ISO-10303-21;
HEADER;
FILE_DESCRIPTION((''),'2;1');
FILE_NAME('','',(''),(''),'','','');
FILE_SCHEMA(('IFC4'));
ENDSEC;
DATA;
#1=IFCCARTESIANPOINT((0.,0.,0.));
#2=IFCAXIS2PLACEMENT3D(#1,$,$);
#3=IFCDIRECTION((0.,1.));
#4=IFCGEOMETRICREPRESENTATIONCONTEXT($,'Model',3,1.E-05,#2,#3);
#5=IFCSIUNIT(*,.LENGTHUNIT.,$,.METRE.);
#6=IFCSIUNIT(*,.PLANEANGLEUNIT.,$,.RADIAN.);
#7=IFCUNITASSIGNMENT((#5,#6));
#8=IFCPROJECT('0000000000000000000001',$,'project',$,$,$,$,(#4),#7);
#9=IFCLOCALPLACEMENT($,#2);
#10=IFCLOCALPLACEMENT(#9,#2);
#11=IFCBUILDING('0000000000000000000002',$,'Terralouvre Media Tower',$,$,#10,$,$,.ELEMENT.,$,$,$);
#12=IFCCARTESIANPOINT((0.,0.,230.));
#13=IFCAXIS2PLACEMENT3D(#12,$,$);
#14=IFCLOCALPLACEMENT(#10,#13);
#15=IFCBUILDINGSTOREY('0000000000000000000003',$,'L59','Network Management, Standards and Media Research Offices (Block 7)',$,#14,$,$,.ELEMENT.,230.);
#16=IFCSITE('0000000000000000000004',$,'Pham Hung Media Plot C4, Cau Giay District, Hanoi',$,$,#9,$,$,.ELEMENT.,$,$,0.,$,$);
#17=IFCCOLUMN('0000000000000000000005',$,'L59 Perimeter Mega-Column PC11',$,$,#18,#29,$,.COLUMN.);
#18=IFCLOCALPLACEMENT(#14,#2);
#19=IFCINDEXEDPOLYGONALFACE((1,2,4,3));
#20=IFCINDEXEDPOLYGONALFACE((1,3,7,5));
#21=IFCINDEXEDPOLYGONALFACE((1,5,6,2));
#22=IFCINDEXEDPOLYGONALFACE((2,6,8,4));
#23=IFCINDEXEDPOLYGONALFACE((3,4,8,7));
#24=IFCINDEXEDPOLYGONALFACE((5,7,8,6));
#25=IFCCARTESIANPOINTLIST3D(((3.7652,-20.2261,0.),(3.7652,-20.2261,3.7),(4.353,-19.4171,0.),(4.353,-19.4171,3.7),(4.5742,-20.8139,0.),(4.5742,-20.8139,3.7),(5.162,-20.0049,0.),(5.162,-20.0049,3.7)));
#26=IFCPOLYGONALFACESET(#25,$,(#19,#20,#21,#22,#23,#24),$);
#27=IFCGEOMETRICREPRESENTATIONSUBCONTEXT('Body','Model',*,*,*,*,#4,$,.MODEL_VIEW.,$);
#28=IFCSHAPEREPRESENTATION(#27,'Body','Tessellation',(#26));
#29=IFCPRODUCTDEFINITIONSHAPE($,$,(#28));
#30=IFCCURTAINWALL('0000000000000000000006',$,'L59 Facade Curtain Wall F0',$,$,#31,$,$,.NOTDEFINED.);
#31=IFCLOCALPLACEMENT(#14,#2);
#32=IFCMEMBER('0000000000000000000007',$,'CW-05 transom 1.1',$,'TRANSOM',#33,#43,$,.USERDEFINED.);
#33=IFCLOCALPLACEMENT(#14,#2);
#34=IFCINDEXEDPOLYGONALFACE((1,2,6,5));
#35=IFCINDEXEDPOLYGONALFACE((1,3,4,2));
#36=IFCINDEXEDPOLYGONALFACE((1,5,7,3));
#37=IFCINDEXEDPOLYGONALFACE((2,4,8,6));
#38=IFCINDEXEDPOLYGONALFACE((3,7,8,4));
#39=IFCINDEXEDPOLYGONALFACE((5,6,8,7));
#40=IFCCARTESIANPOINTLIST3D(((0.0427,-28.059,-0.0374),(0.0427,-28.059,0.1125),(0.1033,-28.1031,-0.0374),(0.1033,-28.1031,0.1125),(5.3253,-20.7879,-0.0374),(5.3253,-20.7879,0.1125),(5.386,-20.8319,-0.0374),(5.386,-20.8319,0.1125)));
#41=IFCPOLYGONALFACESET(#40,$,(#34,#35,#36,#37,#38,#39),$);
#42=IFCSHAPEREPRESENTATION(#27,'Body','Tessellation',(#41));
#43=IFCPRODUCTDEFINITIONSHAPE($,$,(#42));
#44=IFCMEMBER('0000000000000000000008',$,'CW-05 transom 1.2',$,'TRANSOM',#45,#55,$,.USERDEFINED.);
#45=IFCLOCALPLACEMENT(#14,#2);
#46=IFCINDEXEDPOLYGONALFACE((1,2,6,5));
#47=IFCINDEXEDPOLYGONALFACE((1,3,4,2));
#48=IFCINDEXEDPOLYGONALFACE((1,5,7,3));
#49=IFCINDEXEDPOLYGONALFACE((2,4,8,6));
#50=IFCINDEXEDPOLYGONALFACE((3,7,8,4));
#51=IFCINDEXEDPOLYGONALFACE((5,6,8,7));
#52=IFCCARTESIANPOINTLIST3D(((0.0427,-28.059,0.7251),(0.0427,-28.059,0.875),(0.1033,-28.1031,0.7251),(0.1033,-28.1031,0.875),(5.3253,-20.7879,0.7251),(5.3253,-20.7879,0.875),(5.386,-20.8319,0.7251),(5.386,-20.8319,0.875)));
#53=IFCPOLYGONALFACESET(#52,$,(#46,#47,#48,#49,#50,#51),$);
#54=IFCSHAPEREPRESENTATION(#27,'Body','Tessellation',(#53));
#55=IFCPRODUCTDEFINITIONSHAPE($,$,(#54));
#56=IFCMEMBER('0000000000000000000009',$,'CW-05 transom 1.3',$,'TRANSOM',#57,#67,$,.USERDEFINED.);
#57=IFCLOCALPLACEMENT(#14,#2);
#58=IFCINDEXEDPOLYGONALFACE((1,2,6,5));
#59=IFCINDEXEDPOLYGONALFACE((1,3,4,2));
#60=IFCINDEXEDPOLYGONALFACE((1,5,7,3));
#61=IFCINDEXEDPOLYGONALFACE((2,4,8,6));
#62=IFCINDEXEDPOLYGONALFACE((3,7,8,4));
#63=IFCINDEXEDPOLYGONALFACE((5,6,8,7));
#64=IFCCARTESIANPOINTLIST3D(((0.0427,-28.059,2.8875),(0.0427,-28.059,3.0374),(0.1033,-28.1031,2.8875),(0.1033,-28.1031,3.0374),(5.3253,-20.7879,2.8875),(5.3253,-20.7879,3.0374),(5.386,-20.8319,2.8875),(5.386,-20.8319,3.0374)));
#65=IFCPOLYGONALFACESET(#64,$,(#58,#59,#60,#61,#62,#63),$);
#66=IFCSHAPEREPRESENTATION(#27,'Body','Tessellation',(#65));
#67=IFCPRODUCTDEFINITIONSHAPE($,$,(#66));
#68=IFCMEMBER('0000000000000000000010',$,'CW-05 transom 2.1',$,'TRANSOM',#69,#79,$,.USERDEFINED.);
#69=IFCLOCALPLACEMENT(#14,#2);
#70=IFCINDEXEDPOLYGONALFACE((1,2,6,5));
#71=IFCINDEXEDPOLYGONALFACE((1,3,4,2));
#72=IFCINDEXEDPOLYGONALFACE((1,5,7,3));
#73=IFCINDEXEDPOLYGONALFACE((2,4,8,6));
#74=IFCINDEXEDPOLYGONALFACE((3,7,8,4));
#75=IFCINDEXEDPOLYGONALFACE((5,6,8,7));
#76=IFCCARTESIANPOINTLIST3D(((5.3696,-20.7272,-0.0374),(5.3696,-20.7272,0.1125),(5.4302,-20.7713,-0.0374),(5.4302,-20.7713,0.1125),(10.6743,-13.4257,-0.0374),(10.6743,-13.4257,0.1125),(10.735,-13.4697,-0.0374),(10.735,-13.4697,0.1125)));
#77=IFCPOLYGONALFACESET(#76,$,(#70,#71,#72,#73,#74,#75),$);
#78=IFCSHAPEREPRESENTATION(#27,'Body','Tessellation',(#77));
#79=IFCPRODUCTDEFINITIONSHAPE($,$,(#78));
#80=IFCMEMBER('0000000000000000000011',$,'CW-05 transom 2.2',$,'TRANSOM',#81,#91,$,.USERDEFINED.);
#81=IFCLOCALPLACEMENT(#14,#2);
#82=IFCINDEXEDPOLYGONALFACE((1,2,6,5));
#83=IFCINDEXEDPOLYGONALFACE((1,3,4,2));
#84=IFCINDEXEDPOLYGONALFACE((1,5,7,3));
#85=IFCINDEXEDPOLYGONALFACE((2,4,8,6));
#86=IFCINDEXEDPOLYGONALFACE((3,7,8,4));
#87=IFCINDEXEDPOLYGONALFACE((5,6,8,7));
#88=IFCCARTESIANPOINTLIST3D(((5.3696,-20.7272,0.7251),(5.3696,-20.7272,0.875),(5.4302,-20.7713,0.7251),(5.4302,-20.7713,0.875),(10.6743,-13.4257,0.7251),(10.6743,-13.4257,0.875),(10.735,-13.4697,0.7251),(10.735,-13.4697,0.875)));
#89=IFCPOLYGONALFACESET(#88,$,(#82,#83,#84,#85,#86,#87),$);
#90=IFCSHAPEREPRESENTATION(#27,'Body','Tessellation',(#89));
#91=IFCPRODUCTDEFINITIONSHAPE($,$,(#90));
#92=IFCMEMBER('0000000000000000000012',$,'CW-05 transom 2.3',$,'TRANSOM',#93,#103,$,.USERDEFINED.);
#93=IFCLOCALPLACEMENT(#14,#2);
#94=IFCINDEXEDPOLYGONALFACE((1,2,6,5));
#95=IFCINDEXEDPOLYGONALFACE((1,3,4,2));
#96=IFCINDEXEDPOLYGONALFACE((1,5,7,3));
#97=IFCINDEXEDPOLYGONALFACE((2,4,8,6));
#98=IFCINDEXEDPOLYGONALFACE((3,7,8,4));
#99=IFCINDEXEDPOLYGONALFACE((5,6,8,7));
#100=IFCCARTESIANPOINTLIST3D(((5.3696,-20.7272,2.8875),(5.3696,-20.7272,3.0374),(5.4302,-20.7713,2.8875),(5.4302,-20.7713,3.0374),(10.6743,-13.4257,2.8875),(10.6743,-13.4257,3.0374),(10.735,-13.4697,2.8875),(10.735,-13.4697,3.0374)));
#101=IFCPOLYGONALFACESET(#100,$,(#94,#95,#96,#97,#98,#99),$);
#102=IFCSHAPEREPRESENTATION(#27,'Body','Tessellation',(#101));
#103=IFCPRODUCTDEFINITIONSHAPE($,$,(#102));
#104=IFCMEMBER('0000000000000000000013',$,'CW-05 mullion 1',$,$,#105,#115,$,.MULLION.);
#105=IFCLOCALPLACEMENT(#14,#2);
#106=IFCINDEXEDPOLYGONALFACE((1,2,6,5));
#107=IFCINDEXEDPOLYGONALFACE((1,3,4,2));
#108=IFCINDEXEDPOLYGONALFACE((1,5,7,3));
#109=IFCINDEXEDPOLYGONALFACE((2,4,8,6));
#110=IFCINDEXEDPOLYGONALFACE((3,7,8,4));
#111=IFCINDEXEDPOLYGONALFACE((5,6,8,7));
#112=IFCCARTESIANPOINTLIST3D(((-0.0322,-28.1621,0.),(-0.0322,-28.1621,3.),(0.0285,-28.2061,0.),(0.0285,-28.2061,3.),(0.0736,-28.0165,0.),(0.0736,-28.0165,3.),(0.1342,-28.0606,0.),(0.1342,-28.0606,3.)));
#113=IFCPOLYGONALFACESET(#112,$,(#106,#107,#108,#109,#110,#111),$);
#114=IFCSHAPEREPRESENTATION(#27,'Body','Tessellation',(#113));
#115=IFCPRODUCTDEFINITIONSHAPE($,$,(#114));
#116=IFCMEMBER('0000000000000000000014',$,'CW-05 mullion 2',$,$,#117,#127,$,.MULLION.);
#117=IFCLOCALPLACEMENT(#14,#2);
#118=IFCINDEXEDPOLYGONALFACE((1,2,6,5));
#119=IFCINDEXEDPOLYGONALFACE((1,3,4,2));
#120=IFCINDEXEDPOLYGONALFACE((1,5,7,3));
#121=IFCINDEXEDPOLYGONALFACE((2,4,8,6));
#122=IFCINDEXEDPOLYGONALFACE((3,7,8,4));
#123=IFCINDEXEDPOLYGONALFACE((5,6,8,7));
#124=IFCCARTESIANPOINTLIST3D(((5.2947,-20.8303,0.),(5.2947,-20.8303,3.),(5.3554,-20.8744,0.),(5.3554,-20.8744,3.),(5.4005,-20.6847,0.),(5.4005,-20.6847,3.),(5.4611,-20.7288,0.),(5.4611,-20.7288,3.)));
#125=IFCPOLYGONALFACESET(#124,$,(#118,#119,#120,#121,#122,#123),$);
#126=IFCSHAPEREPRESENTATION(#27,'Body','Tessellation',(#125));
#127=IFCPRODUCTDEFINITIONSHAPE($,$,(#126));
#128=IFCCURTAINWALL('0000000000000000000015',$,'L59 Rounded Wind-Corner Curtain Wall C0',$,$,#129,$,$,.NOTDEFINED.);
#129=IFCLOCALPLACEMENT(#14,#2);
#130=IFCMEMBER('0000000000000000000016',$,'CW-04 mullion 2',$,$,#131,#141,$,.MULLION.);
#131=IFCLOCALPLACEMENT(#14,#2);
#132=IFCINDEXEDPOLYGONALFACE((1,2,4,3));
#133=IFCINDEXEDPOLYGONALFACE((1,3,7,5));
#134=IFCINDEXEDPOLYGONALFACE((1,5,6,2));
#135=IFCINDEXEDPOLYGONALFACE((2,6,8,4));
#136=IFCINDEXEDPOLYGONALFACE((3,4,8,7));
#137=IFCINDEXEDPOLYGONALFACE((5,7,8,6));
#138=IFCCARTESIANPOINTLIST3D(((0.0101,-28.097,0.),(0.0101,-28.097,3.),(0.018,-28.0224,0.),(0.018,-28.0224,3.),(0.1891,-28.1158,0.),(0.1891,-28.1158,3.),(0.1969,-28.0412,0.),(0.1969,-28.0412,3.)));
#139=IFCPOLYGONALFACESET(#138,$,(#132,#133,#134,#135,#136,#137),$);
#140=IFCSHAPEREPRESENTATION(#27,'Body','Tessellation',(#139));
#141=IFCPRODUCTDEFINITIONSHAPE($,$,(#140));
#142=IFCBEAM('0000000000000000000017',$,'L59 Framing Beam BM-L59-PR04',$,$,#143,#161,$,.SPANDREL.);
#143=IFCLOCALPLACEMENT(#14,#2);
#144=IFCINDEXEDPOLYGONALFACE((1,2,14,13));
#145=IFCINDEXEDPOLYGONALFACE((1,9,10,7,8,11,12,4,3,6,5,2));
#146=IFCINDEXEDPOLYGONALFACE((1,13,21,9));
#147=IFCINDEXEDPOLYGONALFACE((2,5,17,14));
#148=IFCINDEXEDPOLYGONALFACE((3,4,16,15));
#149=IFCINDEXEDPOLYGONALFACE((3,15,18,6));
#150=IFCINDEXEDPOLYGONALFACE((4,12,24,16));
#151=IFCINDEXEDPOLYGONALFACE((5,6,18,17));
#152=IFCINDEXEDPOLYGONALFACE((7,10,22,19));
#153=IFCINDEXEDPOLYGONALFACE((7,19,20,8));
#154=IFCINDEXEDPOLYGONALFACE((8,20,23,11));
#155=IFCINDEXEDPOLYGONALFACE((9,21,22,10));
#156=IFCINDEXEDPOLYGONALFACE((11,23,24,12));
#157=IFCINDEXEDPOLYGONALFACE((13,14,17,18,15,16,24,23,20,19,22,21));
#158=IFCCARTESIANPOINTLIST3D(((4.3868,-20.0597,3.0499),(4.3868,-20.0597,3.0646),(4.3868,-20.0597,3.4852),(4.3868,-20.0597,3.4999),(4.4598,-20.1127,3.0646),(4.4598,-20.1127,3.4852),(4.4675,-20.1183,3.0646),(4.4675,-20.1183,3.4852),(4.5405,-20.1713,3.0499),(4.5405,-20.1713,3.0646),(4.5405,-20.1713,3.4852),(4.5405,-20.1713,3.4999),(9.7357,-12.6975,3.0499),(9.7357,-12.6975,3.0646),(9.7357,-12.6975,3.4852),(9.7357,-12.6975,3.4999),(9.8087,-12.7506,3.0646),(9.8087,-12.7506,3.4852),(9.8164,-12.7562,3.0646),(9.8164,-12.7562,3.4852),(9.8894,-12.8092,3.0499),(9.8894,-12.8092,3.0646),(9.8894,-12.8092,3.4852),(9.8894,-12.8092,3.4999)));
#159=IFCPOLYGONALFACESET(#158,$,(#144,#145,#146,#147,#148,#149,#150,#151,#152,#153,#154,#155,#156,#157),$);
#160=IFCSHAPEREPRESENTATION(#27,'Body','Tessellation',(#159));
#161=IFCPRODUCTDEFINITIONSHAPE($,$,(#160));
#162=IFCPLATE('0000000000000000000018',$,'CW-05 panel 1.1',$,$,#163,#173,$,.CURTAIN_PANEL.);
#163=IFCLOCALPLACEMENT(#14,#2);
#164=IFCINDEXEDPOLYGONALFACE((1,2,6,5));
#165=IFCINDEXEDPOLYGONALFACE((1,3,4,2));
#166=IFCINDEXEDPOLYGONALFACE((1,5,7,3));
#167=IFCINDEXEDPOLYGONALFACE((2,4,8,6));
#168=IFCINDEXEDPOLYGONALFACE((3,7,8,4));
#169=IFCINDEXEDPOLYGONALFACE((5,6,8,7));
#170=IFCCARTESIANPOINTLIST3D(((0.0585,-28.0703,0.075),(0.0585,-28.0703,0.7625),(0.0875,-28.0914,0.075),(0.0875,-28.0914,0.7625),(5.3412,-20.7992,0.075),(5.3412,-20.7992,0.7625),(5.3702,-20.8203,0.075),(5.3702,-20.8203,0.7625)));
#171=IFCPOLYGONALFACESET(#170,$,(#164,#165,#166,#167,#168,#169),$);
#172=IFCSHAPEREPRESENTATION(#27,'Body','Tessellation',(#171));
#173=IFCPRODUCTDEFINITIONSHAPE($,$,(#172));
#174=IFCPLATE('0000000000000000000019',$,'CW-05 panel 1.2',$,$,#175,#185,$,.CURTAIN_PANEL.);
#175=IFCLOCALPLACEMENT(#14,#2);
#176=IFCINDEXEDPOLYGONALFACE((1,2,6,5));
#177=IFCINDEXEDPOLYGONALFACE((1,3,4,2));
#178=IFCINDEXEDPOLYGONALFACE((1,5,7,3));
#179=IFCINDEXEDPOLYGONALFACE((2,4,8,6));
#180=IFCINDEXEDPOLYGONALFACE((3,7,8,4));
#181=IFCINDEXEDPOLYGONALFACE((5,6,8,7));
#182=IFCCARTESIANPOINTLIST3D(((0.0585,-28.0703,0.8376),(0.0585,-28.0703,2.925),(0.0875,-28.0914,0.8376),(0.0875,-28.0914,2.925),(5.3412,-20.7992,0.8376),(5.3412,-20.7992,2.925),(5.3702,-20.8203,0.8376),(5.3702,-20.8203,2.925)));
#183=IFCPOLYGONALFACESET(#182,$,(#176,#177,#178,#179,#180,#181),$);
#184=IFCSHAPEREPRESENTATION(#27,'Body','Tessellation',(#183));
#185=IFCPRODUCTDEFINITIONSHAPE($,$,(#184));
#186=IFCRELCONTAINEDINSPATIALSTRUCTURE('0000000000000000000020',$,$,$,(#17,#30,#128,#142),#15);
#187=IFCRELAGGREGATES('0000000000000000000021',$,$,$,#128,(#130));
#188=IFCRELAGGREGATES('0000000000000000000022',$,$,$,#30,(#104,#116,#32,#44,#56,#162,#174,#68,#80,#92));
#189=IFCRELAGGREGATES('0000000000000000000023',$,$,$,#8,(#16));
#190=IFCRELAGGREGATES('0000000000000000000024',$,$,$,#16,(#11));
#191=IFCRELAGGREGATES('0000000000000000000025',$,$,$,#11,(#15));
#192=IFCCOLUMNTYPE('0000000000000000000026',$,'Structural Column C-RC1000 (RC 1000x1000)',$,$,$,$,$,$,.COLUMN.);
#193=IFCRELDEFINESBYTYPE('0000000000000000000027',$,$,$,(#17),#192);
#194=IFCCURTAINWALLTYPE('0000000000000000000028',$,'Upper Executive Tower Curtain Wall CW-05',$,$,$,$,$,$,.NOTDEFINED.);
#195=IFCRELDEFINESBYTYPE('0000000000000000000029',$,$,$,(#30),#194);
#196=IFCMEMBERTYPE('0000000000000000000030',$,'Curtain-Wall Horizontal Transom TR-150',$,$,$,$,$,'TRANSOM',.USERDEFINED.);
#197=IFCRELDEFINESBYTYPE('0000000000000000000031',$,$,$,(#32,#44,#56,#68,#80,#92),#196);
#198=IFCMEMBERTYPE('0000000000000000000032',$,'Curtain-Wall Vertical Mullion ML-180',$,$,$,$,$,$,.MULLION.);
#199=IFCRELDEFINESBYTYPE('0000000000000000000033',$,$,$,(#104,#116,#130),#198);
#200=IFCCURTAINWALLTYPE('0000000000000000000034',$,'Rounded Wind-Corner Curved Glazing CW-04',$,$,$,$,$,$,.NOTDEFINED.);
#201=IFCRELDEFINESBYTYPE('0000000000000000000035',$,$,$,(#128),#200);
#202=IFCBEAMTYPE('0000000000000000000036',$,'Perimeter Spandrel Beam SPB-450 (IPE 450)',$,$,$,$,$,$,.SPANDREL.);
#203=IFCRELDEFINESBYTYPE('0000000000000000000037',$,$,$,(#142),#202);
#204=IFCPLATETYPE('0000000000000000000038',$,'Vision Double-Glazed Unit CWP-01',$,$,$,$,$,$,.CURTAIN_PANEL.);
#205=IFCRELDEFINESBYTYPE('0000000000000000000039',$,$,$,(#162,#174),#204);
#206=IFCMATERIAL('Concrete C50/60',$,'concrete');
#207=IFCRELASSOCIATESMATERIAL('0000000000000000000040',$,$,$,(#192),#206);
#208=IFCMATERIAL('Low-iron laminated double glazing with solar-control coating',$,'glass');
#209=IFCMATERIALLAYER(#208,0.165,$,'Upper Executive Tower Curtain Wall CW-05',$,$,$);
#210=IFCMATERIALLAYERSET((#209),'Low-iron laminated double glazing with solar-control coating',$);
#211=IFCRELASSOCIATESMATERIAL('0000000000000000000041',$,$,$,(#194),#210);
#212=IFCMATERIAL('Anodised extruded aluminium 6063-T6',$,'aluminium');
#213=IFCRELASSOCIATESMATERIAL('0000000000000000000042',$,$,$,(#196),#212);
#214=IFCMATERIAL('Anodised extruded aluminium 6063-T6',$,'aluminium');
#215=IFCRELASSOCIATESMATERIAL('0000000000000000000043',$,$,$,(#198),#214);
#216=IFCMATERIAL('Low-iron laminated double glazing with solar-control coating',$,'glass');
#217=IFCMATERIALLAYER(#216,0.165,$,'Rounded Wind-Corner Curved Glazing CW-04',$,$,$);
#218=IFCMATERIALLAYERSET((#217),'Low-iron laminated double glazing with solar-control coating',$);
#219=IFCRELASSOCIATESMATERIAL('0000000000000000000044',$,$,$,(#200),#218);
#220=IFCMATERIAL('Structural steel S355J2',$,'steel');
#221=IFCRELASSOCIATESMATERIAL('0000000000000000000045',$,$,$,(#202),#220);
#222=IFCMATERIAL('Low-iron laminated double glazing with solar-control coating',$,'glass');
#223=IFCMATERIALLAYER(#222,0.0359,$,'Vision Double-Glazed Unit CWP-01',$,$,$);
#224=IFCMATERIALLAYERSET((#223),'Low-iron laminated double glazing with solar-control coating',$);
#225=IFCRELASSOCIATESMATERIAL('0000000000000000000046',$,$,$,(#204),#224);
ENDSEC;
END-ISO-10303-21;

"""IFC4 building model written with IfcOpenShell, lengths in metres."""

from ifc_helpers import new_model, si_unit, direction, frame, origin, origin_2d, place, context, subcontext, project, spatial, rectangle, i_section, extrude, material, layer, layer_set, material_profile, profile_set, type_object, element, aggregate, save


model = new_model("IFC4")

# Units and contexts
model_context = context("Model", 3, precision=1e-05, world=origin(), true_north=direction((0.0, 1.0)))
body_context = subcontext(model_context, "Body", "Model", "MODEL_VIEW")
ifc_project = project(units=[si_unit("LENGTHUNIT", "METRE"), si_unit("PLANEANGLEUNIT", "RADIAN")], contexts=[model_context])

# Site, building, storey
site_placement = place(None, origin())
site = spatial("IfcSite", under=ifc_project, at=site_placement, Name="Pham Hung Media Plot C4, Cau Giay District, Hanoi", CompositionType="ELEMENT", RefElevation=0.0)
building_placement = place(site_placement, origin())
building = spatial("IfcBuilding", under=site, at=building_placement, Name="Terralouvre Media Tower", CompositionType="ELEMENT")
storey_placement = place(building_placement, frame((0.0, 0.0, 230.0)))
storey = spatial("IfcBuildingStorey", under=building, at=storey_placement, Name="L59", Description="Network Management, Standards and Media Research Offices (Block 7)", CompositionType="ELEMENT", Elevation=230.0)

# Column
ifc_material_1 = material(Name="Concrete C50/60", Category="concrete")
ifc_material_profile_1 = material_profile(ifc_material_1, rectangle(XDim=1.0, YDim=1.0, at=origin_2d()), Name="RC 1000x1000")
ifc_profile_set_1 = profile_set([ifc_material_profile_1], Name="Concrete C50/60")
column_type = type_object("IfcColumnType", Name="Structural Column C-RC1000 (RC 1000x1000)", PredefinedType="COLUMN", material=ifc_profile_set_1)
column_placement = place(storey_placement, frame((4.4636, -20.1155, 0.0), z_axis=(0.0, 0.0, 1.0), x_axis=(0.587785, 0.809017, 0.0)))
element("IfcColumn", 1, at=column_placement, inside=storey, type_object=column_type, Name="L59 Perimeter Mega-Column PC11", PredefinedType="COLUMN", context=body_context, shape_type="SweptSolid", body=[
    extrude(rectangle(XDim=1.0, YDim=1.0, at=origin_2d()), origin(), (0.0, 0.0, 1.0), 3.7),
])

# Curtain wall, members
ifc_material_2 = material(Name="Low-iron laminated double glazing with solar-control coating", Category="glass")
ifc_layer_1 = layer(ifc_material_2, 0.165, Name="Upper Executive Tower Curtain Wall CW-05")
ifc_layer_set_1 = layer_set([ifc_layer_1], Name="Low-iron laminated double glazing with solar-control coating")
curtain_wall_type_1 = type_object("IfcCurtainWallType", Name="Upper Executive Tower Curtain Wall CW-05", PredefinedType="NOTDEFINED", material=ifc_layer_set_1)
curtain_wall_1_placement = place(storey_placement, origin())
curtain_wall_1 = element("IfcCurtainWall", 2, at=curtain_wall_1_placement, inside=storey, type_object=curtain_wall_type_1, Name="L59 Facade Curtain Wall F0", PredefinedType="NOTDEFINED")
ifc_material_3 = material(Name="Anodised extruded aluminium 6063-T6", Category="aluminium")
ifc_material_profile_2 = material_profile(ifc_material_3, rectangle(XDim=0.075, YDim=0.1499, at=origin_2d()), Name="ALU 75x150")
ifc_profile_set_2 = profile_set([ifc_material_profile_2], Name="Anodised extruded aluminium 6063-T6")
member_type_1 = type_object("IfcMemberType", Name="Curtain-Wall Horizontal Transom TR-150", ElementType="TRANSOM", PredefinedType="USERDEFINED", material=ifc_profile_set_2)
member_1_placement = place(storey_placement, frame((0.073, -28.0811, 0.0376), z_axis=(0.587774, 0.809025, 0.0), x_axis=(-0.809025, 0.587774, 0.0)))
member_1 = element("IfcMember", 3, at=member_1_placement, type_object=member_type_1, Name="CW-05 transom 1.1", ObjectType="TRANSOM", PredefinedType="USERDEFINED", context=body_context, shape_type="SweptSolid", body=[
    extrude(rectangle(XDim=0.075, YDim=0.1499, at=origin_2d()), origin(), (0.0, 0.0, 1.0), 8.9875),
])
member_2_placement = place(storey_placement, frame((0.073, -28.0811, 0.8), z_axis=(0.587774, 0.809025, 0.0), x_axis=(-0.809025, 0.587774, 0.0)))
member_2 = element("IfcMember", 4, at=member_2_placement, type_object=member_type_1, Name="CW-05 transom 1.2", ObjectType="TRANSOM", PredefinedType="USERDEFINED", context=body_context, shape_type="SweptSolid", body=[
    extrude(rectangle(XDim=0.075, YDim=0.1499, at=origin_2d()), origin(), (0.0, 0.0, 1.0), 8.9875),
])
member_3_placement = place(storey_placement, frame((0.073, -28.0811, 2.9624), z_axis=(0.587774, 0.809025, 0.0), x_axis=(-0.809025, 0.587774, 0.0)))
member_3 = element("IfcMember", 5, at=member_3_placement, type_object=member_type_1, Name="CW-05 transom 1.3", ObjectType="TRANSOM", PredefinedType="USERDEFINED", context=body_context, shape_type="SweptSolid", body=[
    extrude(rectangle(XDim=0.075, YDim=0.1499, at=origin_2d()), origin(), (0.0, 0.0, 1.0), 8.9875),
])
member_4_placement = place(storey_placement, frame((5.3999, -20.7493, 0.0376), z_axis=(0.587773, 0.809026, 0.0), x_axis=(-0.809026, 0.587773, 0.0)))
member_4 = element("IfcMember", 6, at=member_4_placement, type_object=member_type_1, Name="CW-05 transom 2.1", ObjectType="TRANSOM", PredefinedType="USERDEFINED", context=body_context, shape_type="SweptSolid", body=[
    extrude(rectangle(XDim=0.075, YDim=0.1499, at=origin_2d()), origin(), (0.0, 0.0, 1.0), 9.0251),
])
member_5_placement = place(storey_placement, frame((5.3999, -20.7493, 0.8), z_axis=(0.587773, 0.809026, 0.0), x_axis=(-0.809026, 0.587773, 0.0)))
member_5 = element("IfcMember", 7, at=member_5_placement, type_object=member_type_1, Name="CW-05 transom 2.2", ObjectType="TRANSOM", PredefinedType="USERDEFINED", context=body_context, shape_type="SweptSolid", body=[
    extrude(rectangle(XDim=0.075, YDim=0.1499, at=origin_2d()), origin(), (0.0, 0.0, 1.0), 9.0251),
])
member_6_placement = place(storey_placement, frame((5.3999, -20.7493, 2.9624), z_axis=(0.587773, 0.809026, 0.0), x_axis=(-0.809026, 0.587773, 0.0)))
member_6 = element("IfcMember", 8, at=member_6_placement, type_object=member_type_1, Name="CW-05 transom 2.3", ObjectType="TRANSOM", PredefinedType="USERDEFINED", context=body_context, shape_type="SweptSolid", body=[
    extrude(rectangle(XDim=0.075, YDim=0.1499, at=origin_2d()), origin(), (0.0, 0.0, 1.0), 9.0251),
])
ifc_material_4 = material(Name="Anodised extruded aluminium 6063-T6", Category="aluminium")
ifc_material_profile_3 = material_profile(ifc_material_4, rectangle(XDim=0.075, YDim=0.1799, at=origin_2d()), Name="ALU 75x180")
ifc_profile_set_3 = profile_set([ifc_material_profile_3], Name="Anodised extruded aluminium 6063-T6")
member_type_2 = type_object("IfcMemberType", Name="Curtain-Wall Vertical Mullion ML-180", PredefinedType="MULLION", material=ifc_profile_set_3)
member_7_placement = place(storey_placement, frame((0.051, -28.1113, 0.0), z_axis=(0.0, 0.0, 1.0), x_axis=(-0.809017, 0.587785, 0.0)))
member_7 = element("IfcMember", 9, at=member_7_placement, type_object=member_type_2, Name="CW-05 mullion 1", PredefinedType="MULLION", context=body_context, shape_type="SweptSolid", body=[
    extrude(rectangle(XDim=0.075, YDim=0.1799, at=origin_2d()), origin(), (0.0, 0.0, 1.0), 3.0),
])
member_8_placement = place(storey_placement, frame((5.3779, -20.7795, 0.0), z_axis=(0.0, 0.0, 1.0), x_axis=(-0.809017, 0.587785, 0.0)))
member_8 = element("IfcMember", 10, at=member_8_placement, type_object=member_type_2, Name="CW-05 mullion 2", PredefinedType="MULLION", context=body_context, shape_type="SweptSolid", body=[
    extrude(rectangle(XDim=0.075, YDim=0.1799, at=origin_2d()), origin(), (0.0, 0.0, 1.0), 3.0),
])

# Curtain wall, member
ifc_material_5 = material(Name="Low-iron laminated double glazing with solar-control coating", Category="glass")
ifc_layer_2 = layer(ifc_material_5, 0.165, Name="Rounded Wind-Corner Curved Glazing CW-04")
ifc_layer_set_2 = layer_set([ifc_layer_2], Name="Low-iron laminated double glazing with solar-control coating")
curtain_wall_type_2 = type_object("IfcCurtainWallType", Name="Rounded Wind-Corner Curved Glazing CW-04", PredefinedType="NOTDEFINED", material=ifc_layer_set_2)
curtain_wall_2_placement = place(storey_placement, origin())
curtain_wall_2 = element("IfcCurtainWall", 11, at=curtain_wall_2_placement, inside=storey, type_object=curtain_wall_type_2, Name="L59 Rounded Wind-Corner Curtain Wall C0", PredefinedType="NOTDEFINED")
member_9_placement = place(storey_placement, frame((0.1035, -28.0691, 0.0), z_axis=(0.0, 0.0, 1.0), x_axis=(0.104528, 0.994522, 0.0)))
member_9 = element("IfcMember", 12, at=member_9_placement, type_object=member_type_2, Name="CW-04 mullion 2", PredefinedType="MULLION", context=body_context, shape_type="SweptSolid", body=[
    extrude(rectangle(XDim=0.075, YDim=0.1799, at=origin_2d()), origin(), (0.0, 0.0, 1.0), 3.0),
])
aggregate(curtain_wall_2, [member_9])

# Beam
ifc_material_6 = material(Name="Structural steel S355J2", Category="steel")
ifc_material_profile_4 = material_profile(ifc_material_6, i_section(OverallWidth=0.1899, OverallDepth=0.45, WebThickness=0.0095, FlangeThickness=0.0146, at=origin_2d()), Name="IPE 450")
ifc_profile_set_4 = profile_set([ifc_material_profile_4], Name="Structural steel S355J2")
beam_type = type_object("IfcBeamType", Name="Perimeter Spandrel Beam SPB-450 (IPE 450)", PredefinedType="SPANDREL", material=ifc_profile_set_4)
beam_placement = place(storey_placement, frame((4.4636, -20.1155, 3.2749), z_axis=(0.587787, 0.809016, 0.0), x_axis=(-0.809016, 0.587787, 0.0)))
element("IfcBeam", 13, at=beam_placement, inside=storey, type_object=beam_type, Name="L59 Framing Beam BM-L59-PR04", PredefinedType="SPANDREL", context=body_context, shape_type="SweptSolid", body=[
    extrude(i_section(OverallWidth=0.1899, OverallDepth=0.45, WebThickness=0.0095, FlangeThickness=0.0146, at=origin_2d()), origin(), (0.0, 0.0, 1.0), 9.1001),
])

# Plates
ifc_material_7 = material(Name="Low-iron laminated double glazing with solar-control coating", Category="glass")
ifc_layer_3 = layer(ifc_material_7, 0.0359, Name="Vision Double-Glazed Unit CWP-01")
ifc_layer_set_3 = layer_set([ifc_layer_3], Name="Low-iron laminated double glazing with solar-control coating")
plate_type = type_object("IfcPlateType", Name="Vision Double-Glazed Unit CWP-01", PredefinedType="CURTAIN_PANEL", material=ifc_layer_set_3)
plate_1_placement = place(storey_placement, frame((2.7144, -24.4453, 0.075), z_axis=(0.0, 0.0, 1.0), x_axis=(0.587785, 0.809017, 0.0)))
plate_1 = element("IfcPlate", 14, at=plate_1_placement, type_object=plate_type, Name="CW-05 panel 1.1", PredefinedType="CURTAIN_PANEL", context=body_context, shape_type="SweptSolid", body=[
    extrude(rectangle(XDim=8.9875, YDim=0.0359, at=origin_2d()), origin(), (0.0, 0.0, 1.0), 0.6875),
])
plate_2_placement = place(storey_placement, frame((2.7144, -24.4453, 0.8376), z_axis=(0.0, 0.0, 1.0), x_axis=(0.587785, 0.809017, 0.0)))
plate_2 = element("IfcPlate", 15, at=plate_2_placement, type_object=plate_type, Name="CW-05 panel 1.2", PredefinedType="CURTAIN_PANEL", context=body_context, shape_type="SweptSolid", body=[
    extrude(rectangle(XDim=8.9875, YDim=0.0359, at=origin_2d()), origin(), (0.0, 0.0, 1.0), 2.0874),
])
aggregate(curtain_wall_1, [member_7, member_8, member_1, member_2, member_3, plate_1, plate_2, member_4, member_5, member_6])

save(model, "model.ifc")
